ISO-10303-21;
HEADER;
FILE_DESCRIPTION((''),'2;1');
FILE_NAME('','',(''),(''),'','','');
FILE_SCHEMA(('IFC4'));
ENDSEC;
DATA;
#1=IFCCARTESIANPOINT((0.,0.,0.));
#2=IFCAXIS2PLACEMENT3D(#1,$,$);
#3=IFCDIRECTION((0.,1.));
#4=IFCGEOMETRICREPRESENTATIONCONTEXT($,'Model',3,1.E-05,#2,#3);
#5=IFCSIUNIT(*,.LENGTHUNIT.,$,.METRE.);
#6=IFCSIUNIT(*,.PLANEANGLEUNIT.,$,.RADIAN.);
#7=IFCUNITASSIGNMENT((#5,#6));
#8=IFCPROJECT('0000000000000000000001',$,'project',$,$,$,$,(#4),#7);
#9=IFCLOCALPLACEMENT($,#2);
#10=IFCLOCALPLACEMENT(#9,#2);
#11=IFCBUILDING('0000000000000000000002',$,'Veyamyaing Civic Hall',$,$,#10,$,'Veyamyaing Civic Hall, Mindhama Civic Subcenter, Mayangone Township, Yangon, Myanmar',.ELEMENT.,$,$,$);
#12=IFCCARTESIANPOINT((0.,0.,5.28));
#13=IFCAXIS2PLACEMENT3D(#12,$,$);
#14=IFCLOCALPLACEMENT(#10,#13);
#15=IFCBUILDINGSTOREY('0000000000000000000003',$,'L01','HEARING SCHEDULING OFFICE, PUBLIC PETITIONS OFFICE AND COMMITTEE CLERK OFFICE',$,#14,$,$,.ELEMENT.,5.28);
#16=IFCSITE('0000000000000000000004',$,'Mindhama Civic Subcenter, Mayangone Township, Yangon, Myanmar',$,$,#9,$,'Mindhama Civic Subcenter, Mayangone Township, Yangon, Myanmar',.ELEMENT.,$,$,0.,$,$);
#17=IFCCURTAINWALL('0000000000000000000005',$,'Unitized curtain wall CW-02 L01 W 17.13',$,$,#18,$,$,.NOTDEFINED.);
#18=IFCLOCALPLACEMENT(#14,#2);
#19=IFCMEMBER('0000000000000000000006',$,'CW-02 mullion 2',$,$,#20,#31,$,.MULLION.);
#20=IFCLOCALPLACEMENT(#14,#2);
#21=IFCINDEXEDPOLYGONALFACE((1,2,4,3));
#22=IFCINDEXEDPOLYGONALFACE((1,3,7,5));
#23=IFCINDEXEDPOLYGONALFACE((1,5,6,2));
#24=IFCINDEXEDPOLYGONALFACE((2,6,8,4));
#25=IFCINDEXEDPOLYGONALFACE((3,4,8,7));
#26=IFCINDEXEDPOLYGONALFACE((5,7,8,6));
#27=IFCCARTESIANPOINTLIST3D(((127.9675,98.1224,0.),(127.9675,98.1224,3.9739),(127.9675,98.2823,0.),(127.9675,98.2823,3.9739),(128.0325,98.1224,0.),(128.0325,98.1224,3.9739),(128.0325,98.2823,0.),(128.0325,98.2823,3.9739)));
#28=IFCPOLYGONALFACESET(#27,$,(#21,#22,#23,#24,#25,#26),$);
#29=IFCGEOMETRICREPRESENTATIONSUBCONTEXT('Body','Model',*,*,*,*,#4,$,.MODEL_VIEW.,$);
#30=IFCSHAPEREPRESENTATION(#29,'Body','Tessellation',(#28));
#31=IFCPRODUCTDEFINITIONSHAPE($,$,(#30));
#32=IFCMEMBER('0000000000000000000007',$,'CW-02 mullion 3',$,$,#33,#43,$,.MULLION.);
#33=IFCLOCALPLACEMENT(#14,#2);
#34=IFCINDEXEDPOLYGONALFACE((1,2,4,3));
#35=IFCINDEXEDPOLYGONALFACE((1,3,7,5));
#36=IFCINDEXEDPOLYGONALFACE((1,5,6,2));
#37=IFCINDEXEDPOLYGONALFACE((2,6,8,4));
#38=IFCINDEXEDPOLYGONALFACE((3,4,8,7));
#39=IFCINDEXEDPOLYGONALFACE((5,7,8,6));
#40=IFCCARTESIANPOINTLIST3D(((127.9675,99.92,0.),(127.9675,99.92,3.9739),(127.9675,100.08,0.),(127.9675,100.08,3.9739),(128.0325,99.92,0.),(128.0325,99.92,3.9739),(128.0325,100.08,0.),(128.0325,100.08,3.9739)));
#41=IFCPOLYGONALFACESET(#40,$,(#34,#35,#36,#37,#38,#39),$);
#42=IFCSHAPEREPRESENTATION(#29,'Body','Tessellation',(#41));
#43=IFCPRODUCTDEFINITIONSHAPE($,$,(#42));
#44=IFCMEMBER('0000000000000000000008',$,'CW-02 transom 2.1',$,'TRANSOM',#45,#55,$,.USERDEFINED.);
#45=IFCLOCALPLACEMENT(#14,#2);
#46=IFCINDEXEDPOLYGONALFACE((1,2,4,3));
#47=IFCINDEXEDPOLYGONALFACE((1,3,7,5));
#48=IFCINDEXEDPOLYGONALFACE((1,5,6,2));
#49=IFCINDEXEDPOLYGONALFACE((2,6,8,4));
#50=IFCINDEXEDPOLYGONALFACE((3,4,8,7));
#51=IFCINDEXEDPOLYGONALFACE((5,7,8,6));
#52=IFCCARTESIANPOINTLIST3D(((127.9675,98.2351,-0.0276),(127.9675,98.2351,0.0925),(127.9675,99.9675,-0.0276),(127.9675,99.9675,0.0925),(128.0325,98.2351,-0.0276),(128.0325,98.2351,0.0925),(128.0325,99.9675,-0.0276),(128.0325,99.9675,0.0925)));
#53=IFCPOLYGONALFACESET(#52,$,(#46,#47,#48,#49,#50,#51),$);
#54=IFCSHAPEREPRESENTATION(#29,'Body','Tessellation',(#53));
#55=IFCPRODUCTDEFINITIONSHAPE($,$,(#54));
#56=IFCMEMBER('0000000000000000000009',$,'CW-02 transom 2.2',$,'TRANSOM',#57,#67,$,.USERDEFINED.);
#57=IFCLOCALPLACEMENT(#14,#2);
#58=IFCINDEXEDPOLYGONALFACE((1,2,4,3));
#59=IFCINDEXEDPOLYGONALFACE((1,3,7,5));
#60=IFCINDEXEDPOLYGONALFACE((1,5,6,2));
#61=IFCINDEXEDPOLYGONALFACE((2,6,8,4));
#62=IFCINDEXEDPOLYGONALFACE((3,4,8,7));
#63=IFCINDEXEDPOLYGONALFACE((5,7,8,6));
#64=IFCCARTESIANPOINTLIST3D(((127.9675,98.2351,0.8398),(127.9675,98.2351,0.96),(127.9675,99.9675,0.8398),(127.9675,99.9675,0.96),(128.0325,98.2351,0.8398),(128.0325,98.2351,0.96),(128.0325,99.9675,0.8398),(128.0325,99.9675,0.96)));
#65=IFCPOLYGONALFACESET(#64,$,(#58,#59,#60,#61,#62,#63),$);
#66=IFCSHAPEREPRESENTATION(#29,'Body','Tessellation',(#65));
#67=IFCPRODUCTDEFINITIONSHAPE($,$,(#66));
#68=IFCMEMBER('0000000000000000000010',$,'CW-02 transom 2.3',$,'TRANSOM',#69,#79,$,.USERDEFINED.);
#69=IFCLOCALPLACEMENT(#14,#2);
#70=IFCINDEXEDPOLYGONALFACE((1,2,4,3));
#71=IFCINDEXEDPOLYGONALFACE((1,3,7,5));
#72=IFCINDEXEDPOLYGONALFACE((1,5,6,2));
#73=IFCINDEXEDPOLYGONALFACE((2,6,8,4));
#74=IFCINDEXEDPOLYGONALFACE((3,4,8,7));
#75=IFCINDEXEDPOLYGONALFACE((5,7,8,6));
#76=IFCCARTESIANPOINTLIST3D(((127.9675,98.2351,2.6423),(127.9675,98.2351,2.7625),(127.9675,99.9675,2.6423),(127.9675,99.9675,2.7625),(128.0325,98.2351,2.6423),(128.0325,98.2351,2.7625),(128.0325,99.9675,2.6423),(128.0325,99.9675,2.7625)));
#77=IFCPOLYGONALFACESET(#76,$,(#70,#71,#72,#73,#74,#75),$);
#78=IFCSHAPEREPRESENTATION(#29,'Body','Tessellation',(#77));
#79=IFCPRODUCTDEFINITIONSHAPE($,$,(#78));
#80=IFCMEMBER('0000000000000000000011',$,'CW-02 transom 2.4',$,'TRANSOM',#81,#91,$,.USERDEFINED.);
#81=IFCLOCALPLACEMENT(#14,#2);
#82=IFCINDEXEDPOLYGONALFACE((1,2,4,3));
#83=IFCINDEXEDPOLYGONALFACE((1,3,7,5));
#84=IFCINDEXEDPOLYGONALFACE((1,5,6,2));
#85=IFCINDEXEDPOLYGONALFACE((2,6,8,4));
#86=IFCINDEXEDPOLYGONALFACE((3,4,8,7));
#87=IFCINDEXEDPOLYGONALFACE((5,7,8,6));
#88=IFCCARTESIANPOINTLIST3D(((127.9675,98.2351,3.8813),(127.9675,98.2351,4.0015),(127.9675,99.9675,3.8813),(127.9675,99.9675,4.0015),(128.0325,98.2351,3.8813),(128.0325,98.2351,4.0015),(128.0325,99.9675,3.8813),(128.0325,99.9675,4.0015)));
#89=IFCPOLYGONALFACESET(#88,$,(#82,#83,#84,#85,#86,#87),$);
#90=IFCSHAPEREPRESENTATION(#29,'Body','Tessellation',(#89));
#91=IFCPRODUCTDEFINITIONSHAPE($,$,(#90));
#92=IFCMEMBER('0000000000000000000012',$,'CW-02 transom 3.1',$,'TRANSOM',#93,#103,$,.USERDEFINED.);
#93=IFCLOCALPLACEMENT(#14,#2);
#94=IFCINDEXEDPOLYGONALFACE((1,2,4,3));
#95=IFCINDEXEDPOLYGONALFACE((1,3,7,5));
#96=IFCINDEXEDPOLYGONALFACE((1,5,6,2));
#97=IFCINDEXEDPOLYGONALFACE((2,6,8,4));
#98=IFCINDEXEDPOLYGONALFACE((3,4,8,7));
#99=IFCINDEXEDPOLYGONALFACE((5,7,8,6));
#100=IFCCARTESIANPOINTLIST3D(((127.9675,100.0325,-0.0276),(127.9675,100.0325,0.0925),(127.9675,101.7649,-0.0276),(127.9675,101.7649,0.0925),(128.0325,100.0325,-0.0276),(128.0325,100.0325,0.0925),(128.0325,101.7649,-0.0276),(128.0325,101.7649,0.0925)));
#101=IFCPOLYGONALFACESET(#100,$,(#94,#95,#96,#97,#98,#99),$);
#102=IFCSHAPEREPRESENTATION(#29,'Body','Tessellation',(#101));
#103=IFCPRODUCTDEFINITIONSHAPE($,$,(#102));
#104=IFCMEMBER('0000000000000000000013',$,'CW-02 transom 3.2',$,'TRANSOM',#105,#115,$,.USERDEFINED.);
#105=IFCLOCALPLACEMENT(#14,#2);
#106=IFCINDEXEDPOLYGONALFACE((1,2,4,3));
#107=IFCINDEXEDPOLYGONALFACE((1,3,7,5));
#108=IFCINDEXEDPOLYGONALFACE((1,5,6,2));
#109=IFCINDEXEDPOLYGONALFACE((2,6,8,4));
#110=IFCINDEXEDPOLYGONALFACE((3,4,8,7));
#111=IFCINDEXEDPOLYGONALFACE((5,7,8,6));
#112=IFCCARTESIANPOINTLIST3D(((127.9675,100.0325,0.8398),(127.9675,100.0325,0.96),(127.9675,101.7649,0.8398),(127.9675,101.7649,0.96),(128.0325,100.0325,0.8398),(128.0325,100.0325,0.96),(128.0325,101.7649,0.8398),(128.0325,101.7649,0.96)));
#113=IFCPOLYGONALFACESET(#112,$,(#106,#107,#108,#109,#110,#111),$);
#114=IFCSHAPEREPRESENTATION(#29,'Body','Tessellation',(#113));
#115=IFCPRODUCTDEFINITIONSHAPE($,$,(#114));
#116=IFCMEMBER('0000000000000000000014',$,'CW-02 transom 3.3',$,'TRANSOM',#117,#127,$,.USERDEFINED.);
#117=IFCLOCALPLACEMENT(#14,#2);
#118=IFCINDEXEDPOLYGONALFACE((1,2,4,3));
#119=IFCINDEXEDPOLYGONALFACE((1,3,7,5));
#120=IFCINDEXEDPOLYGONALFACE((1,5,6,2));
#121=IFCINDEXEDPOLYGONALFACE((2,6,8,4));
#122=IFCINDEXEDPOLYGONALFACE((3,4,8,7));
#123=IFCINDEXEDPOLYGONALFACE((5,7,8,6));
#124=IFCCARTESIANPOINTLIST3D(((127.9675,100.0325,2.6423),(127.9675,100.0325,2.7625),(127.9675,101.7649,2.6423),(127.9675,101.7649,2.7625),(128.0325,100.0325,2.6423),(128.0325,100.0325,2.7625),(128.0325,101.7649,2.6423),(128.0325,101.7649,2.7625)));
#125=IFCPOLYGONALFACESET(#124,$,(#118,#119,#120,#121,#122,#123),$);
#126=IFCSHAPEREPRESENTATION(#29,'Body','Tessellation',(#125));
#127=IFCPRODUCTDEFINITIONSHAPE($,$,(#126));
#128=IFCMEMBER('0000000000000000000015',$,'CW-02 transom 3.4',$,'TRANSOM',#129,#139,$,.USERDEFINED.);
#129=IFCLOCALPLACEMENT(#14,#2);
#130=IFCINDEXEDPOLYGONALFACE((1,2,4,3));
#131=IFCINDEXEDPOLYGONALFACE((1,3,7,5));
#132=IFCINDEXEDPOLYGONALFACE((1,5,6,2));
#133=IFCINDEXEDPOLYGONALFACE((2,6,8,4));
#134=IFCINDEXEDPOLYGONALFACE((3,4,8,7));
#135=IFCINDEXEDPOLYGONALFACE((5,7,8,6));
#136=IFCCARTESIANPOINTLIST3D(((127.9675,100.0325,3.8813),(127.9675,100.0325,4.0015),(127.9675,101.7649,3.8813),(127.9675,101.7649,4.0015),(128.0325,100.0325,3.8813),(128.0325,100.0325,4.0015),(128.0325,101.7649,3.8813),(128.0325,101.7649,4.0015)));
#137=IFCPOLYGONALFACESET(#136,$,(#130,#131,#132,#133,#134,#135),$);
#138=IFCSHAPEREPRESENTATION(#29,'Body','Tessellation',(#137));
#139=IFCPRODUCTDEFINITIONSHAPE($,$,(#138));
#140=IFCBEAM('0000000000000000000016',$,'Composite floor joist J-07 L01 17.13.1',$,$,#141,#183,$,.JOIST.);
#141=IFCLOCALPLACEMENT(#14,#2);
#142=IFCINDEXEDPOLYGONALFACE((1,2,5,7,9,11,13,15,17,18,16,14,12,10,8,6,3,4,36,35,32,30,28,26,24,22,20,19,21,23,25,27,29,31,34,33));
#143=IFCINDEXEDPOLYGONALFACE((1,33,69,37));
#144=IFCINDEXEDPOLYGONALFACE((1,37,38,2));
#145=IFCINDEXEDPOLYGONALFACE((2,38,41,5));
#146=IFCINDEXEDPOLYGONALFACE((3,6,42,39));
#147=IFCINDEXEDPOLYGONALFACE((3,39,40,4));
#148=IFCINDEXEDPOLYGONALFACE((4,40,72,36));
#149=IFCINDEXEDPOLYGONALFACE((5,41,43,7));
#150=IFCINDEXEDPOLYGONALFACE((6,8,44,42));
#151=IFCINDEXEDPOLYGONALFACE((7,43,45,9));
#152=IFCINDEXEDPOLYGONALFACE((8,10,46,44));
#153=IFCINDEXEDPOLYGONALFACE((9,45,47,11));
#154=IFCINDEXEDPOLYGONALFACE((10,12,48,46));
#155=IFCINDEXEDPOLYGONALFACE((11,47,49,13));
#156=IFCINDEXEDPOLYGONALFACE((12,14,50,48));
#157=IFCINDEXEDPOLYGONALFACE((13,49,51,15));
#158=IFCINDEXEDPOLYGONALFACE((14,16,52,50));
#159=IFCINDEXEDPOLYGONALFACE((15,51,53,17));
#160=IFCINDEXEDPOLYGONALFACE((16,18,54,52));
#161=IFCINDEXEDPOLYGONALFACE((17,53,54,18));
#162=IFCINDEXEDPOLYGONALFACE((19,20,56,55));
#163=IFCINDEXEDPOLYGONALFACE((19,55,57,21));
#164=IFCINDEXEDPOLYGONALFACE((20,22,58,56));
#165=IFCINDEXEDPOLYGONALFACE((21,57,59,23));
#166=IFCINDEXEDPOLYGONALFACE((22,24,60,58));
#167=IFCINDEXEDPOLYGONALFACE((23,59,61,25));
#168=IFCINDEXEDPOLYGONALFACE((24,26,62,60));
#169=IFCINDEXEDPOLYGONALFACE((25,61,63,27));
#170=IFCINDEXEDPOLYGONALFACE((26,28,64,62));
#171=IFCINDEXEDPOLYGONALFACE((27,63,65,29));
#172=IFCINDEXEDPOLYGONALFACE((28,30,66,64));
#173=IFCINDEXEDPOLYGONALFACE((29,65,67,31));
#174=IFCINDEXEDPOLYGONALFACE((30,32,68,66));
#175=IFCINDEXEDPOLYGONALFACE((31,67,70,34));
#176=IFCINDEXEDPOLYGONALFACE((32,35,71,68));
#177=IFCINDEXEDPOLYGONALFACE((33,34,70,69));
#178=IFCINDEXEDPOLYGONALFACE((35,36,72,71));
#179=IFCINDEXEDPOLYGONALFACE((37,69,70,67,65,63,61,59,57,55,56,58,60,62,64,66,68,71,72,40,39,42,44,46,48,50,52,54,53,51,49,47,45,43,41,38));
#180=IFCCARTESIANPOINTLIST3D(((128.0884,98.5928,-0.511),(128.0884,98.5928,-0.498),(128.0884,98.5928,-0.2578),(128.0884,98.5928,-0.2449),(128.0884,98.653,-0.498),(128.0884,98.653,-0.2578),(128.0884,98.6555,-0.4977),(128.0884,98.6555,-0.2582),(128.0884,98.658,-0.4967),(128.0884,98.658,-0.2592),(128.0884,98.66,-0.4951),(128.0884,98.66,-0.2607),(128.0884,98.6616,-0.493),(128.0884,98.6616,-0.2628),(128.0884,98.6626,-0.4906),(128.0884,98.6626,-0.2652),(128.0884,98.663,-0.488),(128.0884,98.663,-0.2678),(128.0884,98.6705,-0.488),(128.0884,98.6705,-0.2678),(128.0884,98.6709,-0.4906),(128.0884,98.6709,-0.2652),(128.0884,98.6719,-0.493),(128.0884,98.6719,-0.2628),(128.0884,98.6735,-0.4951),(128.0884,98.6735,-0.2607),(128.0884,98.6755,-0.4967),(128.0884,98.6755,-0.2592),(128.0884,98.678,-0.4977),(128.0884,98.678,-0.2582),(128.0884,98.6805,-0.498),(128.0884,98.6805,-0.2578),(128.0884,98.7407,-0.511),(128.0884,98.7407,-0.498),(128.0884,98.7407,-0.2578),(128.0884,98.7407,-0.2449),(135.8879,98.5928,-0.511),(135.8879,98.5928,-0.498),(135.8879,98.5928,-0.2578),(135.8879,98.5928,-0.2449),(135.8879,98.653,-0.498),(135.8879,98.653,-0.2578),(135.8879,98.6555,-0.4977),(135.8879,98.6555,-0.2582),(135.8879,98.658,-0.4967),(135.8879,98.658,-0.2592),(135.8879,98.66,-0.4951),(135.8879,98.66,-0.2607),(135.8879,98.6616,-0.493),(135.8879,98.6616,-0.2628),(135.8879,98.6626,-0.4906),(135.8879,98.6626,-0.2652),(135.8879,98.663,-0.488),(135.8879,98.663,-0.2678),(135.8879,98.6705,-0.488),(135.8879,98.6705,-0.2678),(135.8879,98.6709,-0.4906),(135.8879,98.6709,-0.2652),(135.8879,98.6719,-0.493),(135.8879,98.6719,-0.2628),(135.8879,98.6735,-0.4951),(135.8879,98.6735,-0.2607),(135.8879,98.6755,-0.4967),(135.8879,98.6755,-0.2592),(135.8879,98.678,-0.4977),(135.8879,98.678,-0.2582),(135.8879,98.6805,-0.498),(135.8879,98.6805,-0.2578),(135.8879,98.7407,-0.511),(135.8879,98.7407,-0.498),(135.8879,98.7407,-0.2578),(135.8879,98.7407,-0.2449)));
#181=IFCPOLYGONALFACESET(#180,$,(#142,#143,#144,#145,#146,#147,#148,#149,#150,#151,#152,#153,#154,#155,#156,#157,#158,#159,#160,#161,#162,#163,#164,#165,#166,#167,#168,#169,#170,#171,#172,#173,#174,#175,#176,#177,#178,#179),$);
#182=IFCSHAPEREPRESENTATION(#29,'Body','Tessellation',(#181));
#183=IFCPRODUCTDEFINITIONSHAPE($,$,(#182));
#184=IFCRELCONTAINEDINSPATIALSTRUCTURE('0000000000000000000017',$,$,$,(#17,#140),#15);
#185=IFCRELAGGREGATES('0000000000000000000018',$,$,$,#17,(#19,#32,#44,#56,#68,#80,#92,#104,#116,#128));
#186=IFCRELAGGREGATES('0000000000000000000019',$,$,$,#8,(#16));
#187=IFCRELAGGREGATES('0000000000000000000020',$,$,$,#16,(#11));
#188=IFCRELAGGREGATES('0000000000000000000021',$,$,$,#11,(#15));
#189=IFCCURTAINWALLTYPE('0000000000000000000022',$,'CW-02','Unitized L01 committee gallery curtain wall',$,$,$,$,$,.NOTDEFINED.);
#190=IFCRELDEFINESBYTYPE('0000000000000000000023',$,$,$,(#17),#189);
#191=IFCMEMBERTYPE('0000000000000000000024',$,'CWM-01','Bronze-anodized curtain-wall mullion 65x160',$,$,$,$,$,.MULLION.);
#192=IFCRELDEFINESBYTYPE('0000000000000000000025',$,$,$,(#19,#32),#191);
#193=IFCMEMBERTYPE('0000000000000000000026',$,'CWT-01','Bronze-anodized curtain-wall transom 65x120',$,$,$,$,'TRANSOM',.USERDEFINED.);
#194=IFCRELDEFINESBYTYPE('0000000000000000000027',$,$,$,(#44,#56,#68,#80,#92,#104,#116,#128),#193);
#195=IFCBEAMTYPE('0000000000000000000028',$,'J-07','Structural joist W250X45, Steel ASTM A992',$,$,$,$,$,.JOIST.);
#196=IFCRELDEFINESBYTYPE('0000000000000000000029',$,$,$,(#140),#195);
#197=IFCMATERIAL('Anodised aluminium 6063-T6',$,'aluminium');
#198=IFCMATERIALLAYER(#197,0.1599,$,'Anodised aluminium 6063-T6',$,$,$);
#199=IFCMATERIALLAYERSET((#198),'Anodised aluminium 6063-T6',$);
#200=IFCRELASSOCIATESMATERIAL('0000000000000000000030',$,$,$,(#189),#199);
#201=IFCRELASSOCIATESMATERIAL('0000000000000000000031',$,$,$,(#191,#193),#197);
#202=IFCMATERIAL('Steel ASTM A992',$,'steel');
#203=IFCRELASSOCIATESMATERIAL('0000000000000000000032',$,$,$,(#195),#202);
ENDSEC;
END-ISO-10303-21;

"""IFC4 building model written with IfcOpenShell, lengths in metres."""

from ifc_helpers import new_model, si_unit, direction, frame, origin, origin_2d, place, context, subcontext, project, spatial, rectangle, i_section, extrude, material, layer, layer_set, material_profile, profile_set, type_object, element, aggregate, save


model = new_model("IFC4")

# Units and contexts
model_context = context("Model", 3, precision=1e-05, world=origin(), true_north=direction((0.0, 1.0)))
body_context = subcontext(model_context, "Body", "Model", "MODEL_VIEW")
ifc_project = project(units=[si_unit("LENGTHUNIT", "METRE"), si_unit("PLANEANGLEUNIT", "RADIAN")], contexts=[model_context])

# Site, building, storey
site_placement = place(None, origin())
site = spatial("IfcSite", under=ifc_project, at=site_placement, Name="Mindhama Civic Subcenter, Mayangone Township, Yangon, Myanmar", LongName="Mindhama Civic Subcenter, Mayangone Township, Yangon, Myanmar", CompositionType="ELEMENT", RefElevation=0.0)
building_placement = place(site_placement, origin())
building = spatial("IfcBuilding", under=site, at=building_placement, Name="Veyamyaing Civic Hall", LongName="Veyamyaing Civic Hall, Mindhama Civic Subcenter, Mayangone Township, Yangon, Myanmar", CompositionType="ELEMENT")
storey_placement = place(building_placement, frame((0.0, 0.0, 5.28)))
storey = spatial("IfcBuildingStorey", under=building, at=storey_placement, Name="L01", Description="HEARING SCHEDULING OFFICE, PUBLIC PETITIONS OFFICE AND COMMITTEE CLERK OFFICE", CompositionType="ELEMENT", Elevation=5.28)

# Curtain wall, members
ifc_material_1 = material(Name="Anodised aluminium 6063-T6", Category="aluminium")
ifc_layer_1 = layer(ifc_material_1, 0.1599, Name="Anodised aluminium 6063-T6")
ifc_layer_set_1 = layer_set([ifc_layer_1], Name="Anodised aluminium 6063-T6")
curtain_wall_type = type_object("IfcCurtainWallType", Name="CW-02", Description="Unitized L01 committee gallery curtain wall", PredefinedType="NOTDEFINED", material=ifc_layer_set_1)
curtain_wall_placement = place(storey_placement, origin())
curtain_wall = element("IfcCurtainWall", 1, at=curtain_wall_placement, inside=storey, type_object=curtain_wall_type, Name="Unitized curtain wall CW-02 L01 W 17.13", PredefinedType="NOTDEFINED")
ifc_material_profile_1 = material_profile(ifc_material_1, rectangle(XDim=0.0649, YDim=0.1599, at=origin_2d()), Name="ALU-MUL-65X160")
ifc_profile_set_1 = profile_set([ifc_material_profile_1], Name="Anodised aluminium 6063-T6")
member_type_1 = type_object("IfcMemberType", Name="CWM-01", Description="Bronze-anodized curtain-wall mullion 65x160", PredefinedType="MULLION", material=ifc_profile_set_1)
member_1_placement = place(storey_placement, frame((128.0, 98.2024, 0.0), z_axis=(0.0, 0.0, 1.0), x_axis=(-1.0, 0.0, 0.0)))
member_1 = element("IfcMember", 2, at=member_1_placement, type_object=member_type_1, Name="CW-02 mullion 2", PredefinedType="MULLION", context=body_context, shape_type="SweptSolid", body=[
    extrude(rectangle(XDim=0.0649, YDim=0.1599, at=origin_2d()), origin(), (0.0, 0.0, 1.0), 3.9739),
])
member_2_placement = place(storey_placement, frame((128.0, 100.0, 0.0), z_axis=(0.0, 0.0, 1.0), x_axis=(-1.0, 0.0, 0.0)))
member_2 = element("IfcMember", 3, at=member_2_placement, type_object=member_type_1, Name="CW-02 mullion 3", PredefinedType="MULLION", context=body_context, shape_type="SweptSolid", body=[
    extrude(rectangle(XDim=0.0649, YDim=0.1599, at=origin_2d()), origin(), (0.0, 0.0, 1.0), 3.9739),
])
ifc_material_profile_2 = material_profile(ifc_material_1, rectangle(XDim=0.0649, YDim=0.1201, at=origin_2d()), Name="ALU-TRN-65X120")
ifc_profile_set_2 = profile_set([ifc_material_profile_2], Name="Anodised aluminium 6063-T6")
member_type_2 = type_object("IfcMemberType", Name="CWT-01", Description="Bronze-anodized curtain-wall transom 65x120", ElementType="TRANSOM", PredefinedType="USERDEFINED", material=ifc_profile_set_2)
member_3_placement = place(storey_placement, frame((128.0, 98.2351, 0.0325), z_axis=(0.0, 1.0, 0.0), x_axis=(-1.0, 0.0, 0.0)))
member_3 = element("IfcMember", 4, at=member_3_placement, type_object=member_type_2, Name="CW-02 transom 2.1", ObjectType="TRANSOM", PredefinedType="USERDEFINED", context=body_context, shape_type="SweptSolid", body=[
    extrude(rectangle(XDim=0.0649, YDim=0.1201, at=origin_2d()), origin(), (0.0, 0.0, 1.0), 1.7324),
])
member_4_placement = place(storey_placement, frame((128.0, 98.2351, 0.8999), z_axis=(0.0, 1.0, 0.0), x_axis=(-1.0, 0.0, 0.0)))
member_4 = element("IfcMember", 5, at=member_4_placement, type_object=member_type_2, Name="CW-02 transom 2.2", ObjectType="TRANSOM", PredefinedType="USERDEFINED", context=body_context, shape_type="SweptSolid", body=[
    extrude(rectangle(XDim=0.0649, YDim=0.1201, at=origin_2d()), origin(), (0.0, 0.0, 1.0), 1.7324),
])
member_5_placement = place(storey_placement, frame((128.0, 98.2351, 2.7024), z_axis=(0.0, 1.0, 0.0), x_axis=(-1.0, 0.0, 0.0)))
member_5 = element("IfcMember", 6, at=member_5_placement, type_object=member_type_2, Name="CW-02 transom 2.3", ObjectType="TRANSOM", PredefinedType="USERDEFINED", context=body_context, shape_type="SweptSolid", body=[
    extrude(rectangle(XDim=0.0649, YDim=0.1201, at=origin_2d()), origin(), (0.0, 0.0, 1.0), 1.7324),
])
member_6_placement = place(storey_placement, frame((128.0, 98.2351, 3.9414), z_axis=(0.0, 1.0, 0.0), x_axis=(-1.0, 0.0, 0.0)))
member_6 = element("IfcMember", 7, at=member_6_placement, type_object=member_type_2, Name="CW-02 transom 2.4", ObjectType="TRANSOM", PredefinedType="USERDEFINED", context=body_context, shape_type="SweptSolid", body=[
    extrude(rectangle(XDim=0.0649, YDim=0.1201, at=origin_2d()), origin(), (0.0, 0.0, 1.0), 1.7324),
])
member_7_placement = place(storey_placement, frame((128.0, 100.0325, 0.0325), z_axis=(0.0, 1.0, 0.0), x_axis=(-1.0, 0.0, 0.0)))
member_7 = element("IfcMember", 8, at=member_7_placement, type_object=member_type_2, Name="CW-02 transom 3.1", ObjectType="TRANSOM", PredefinedType="USERDEFINED", context=body_context, shape_type="SweptSolid", body=[
    extrude(rectangle(XDim=0.0649, YDim=0.1201, at=origin_2d()), origin(), (0.0, 0.0, 1.0), 1.7324),
])
member_8_placement = place(storey_placement, frame((128.0, 100.0325, 0.8999), z_axis=(0.0, 1.0, 0.0), x_axis=(-1.0, 0.0, 0.0)))
member_8 = element("IfcMember", 9, at=member_8_placement, type_object=member_type_2, Name="CW-02 transom 3.2", ObjectType="TRANSOM", PredefinedType="USERDEFINED", context=body_context, shape_type="SweptSolid", body=[
    extrude(rectangle(XDim=0.0649, YDim=0.1201, at=origin_2d()), origin(), (0.0, 0.0, 1.0), 1.7324),
])
member_9_placement = place(storey_placement, frame((128.0, 100.0325, 2.7024), z_axis=(0.0, 1.0, 0.0), x_axis=(-1.0, 0.0, 0.0)))
member_9 = element("IfcMember", 10, at=member_9_placement, type_object=member_type_2, Name="CW-02 transom 3.3", ObjectType="TRANSOM", PredefinedType="USERDEFINED", context=body_context, shape_type="SweptSolid", body=[
    extrude(rectangle(XDim=0.0649, YDim=0.1201, at=origin_2d()), origin(), (0.0, 0.0, 1.0), 1.7324),
])
member_10_placement = place(storey_placement, frame((128.0, 100.0325, 3.9414), z_axis=(0.0, 1.0, 0.0), x_axis=(-1.0, 0.0, 0.0)))
member_10 = element("IfcMember", 11, at=member_10_placement, type_object=member_type_2, Name="CW-02 transom 3.4", ObjectType="TRANSOM", PredefinedType="USERDEFINED", context=body_context, shape_type="SweptSolid", body=[
    extrude(rectangle(XDim=0.0649, YDim=0.1201, at=origin_2d()), origin(), (0.0, 0.0, 1.0), 1.7324),
])

# Beam
ifc_material_2 = material(Name="Steel ASTM A992", Category="steel")
ifc_material_profile_3 = material_profile(ifc_material_2, i_section(OverallWidth=0.1479, OverallDepth=0.2661, WebThickness=0.0076, FlangeThickness=0.0129, FilletRadius=0.01, at=origin_2d()), Name="W250X45")
ifc_profile_set_3 = profile_set([ifc_material_profile_3], Name="Steel ASTM A992")
beam_type = type_object("IfcBeamType", Name="J-07", Description="Structural joist W250X45, Steel ASTM A992", PredefinedType="JOIST", material=ifc_profile_set_3)
beam_placement = place(storey_placement, frame((128.0884, 98.6667, -0.3779), z_axis=(1.0, 0.0, 0.0), x_axis=(0.0, 1.0, 0.0)))
element("IfcBeam", 12, at=beam_placement, inside=storey, type_object=beam_type, Name="Composite floor joist J-07 L01 17.13.1", PredefinedType="JOIST", context=body_context, shape_type="SweptSolid", body=[
    extrude(i_section(OverallWidth=0.1479, OverallDepth=0.2661, WebThickness=0.0076, FlangeThickness=0.0129, FilletRadius=0.01, at=origin_2d()), origin(), (0.0, 0.0, 1.0), 7.7996),
])

aggregate(curtain_wall, [member_1, member_2, member_3, member_4, member_5, member_6, member_7, member_8, member_9, member_10])

save(model, "model.ifc")
